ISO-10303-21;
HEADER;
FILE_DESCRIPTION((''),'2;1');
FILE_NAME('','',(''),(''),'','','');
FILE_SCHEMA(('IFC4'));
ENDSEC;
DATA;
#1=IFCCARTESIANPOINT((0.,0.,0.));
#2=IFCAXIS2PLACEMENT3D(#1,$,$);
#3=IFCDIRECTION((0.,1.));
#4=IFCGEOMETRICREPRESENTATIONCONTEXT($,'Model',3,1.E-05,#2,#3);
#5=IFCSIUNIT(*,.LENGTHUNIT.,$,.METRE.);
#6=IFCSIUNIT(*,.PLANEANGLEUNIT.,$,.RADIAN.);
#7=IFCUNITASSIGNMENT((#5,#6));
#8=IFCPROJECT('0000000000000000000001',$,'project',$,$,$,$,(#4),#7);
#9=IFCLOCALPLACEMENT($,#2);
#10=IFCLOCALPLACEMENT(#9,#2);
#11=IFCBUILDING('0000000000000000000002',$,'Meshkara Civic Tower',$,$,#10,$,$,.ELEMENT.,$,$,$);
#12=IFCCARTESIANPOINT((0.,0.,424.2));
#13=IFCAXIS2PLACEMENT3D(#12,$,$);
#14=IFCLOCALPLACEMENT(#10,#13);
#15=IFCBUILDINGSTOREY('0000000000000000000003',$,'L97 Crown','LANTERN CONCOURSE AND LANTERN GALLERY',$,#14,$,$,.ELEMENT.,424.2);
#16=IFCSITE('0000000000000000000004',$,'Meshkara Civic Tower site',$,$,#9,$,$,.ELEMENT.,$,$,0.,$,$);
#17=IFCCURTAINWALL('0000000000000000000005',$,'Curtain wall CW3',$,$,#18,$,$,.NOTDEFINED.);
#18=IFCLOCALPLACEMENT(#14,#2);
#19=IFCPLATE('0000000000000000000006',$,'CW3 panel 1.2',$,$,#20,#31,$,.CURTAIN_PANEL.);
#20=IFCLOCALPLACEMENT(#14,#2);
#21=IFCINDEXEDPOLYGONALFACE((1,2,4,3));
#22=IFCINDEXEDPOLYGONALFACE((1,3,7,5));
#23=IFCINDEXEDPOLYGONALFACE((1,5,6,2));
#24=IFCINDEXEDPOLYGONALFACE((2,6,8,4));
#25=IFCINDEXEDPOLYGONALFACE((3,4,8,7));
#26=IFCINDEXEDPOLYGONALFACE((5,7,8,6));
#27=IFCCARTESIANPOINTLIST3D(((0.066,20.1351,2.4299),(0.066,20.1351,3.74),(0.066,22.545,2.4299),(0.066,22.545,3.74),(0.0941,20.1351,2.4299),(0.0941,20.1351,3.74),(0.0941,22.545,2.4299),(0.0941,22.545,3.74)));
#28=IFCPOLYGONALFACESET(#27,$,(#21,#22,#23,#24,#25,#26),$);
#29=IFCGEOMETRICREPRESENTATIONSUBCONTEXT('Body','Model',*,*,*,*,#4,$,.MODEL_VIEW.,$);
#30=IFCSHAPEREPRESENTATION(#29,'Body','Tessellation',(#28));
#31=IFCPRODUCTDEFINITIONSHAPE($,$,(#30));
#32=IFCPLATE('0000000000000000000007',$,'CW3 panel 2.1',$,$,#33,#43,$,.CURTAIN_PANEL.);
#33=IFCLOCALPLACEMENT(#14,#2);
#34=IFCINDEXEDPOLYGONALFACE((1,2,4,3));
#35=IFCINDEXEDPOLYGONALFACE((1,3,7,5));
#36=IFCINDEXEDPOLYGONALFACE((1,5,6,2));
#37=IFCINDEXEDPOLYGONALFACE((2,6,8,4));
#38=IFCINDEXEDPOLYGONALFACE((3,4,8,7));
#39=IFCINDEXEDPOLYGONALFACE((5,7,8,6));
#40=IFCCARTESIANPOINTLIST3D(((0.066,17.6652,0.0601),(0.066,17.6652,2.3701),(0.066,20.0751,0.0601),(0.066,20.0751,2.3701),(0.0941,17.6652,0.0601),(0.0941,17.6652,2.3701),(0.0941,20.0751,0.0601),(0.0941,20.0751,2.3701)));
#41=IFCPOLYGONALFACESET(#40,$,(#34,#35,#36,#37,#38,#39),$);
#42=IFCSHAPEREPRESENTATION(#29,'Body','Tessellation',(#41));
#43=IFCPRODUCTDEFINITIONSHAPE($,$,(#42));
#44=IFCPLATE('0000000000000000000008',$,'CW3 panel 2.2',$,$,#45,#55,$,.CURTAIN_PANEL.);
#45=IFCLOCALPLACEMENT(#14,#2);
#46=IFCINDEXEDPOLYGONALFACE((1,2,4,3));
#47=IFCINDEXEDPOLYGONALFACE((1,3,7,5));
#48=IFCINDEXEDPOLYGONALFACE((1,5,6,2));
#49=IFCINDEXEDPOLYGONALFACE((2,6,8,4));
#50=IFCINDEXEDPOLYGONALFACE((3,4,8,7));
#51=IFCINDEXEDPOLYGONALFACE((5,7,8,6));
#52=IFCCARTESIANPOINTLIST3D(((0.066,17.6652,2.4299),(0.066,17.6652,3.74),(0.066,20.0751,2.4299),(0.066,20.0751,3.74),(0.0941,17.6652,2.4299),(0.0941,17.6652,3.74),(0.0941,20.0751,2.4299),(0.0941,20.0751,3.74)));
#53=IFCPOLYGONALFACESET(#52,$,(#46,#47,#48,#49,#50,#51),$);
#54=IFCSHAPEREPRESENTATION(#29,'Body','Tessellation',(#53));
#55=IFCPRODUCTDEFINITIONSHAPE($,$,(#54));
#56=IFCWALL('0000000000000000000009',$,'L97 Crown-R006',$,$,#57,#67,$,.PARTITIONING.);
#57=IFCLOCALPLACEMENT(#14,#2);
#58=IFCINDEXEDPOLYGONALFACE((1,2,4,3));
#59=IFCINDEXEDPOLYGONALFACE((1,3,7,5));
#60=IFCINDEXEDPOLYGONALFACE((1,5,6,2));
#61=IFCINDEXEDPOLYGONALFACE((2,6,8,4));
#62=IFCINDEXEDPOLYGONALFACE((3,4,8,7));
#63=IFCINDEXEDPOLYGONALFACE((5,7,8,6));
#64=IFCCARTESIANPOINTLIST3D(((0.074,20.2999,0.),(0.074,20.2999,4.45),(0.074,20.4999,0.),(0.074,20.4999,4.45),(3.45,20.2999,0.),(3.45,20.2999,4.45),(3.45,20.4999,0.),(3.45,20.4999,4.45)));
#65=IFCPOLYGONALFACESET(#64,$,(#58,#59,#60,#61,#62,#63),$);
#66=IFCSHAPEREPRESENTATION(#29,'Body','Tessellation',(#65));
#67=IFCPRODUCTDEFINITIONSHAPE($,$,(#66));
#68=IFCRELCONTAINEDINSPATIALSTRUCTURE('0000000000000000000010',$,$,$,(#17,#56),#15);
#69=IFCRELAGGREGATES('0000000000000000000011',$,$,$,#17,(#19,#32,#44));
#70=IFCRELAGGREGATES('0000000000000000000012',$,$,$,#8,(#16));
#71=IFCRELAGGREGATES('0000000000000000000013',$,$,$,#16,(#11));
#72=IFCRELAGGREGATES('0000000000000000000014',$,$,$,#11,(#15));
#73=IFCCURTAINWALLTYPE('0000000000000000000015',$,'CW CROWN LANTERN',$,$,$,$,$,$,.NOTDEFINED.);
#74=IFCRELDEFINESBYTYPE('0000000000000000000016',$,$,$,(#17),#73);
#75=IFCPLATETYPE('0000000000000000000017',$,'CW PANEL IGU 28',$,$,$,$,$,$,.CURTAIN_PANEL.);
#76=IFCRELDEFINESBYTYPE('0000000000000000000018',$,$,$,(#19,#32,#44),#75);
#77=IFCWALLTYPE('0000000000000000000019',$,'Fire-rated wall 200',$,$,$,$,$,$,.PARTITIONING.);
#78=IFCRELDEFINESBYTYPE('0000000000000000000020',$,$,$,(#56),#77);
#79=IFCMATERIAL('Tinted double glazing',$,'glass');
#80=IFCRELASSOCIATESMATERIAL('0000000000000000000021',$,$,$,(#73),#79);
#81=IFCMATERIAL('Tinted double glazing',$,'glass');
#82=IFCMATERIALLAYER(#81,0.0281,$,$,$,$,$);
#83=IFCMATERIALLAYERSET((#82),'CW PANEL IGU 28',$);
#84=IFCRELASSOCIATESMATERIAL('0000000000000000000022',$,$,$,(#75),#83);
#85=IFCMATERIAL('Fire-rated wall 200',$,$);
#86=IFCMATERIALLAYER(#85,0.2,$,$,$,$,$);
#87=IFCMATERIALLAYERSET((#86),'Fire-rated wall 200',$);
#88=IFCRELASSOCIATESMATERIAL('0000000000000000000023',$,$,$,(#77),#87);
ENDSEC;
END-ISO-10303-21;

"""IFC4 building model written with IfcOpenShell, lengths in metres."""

from ifc_helpers import new_model, si_unit, direction, frame, frame_2d, origin, origin_2d, place, context, subcontext, project, spatial, rectangle, extrude, material, layer, layer_set, type_object, element, aggregate, save


model = new_model("IFC4")

# Units and contexts
model_context = context("Model", 3, precision=1e-05, world=origin(), true_north=direction((0.0, 1.0)))
body_context = subcontext(model_context, "Body", "Model", "MODEL_VIEW")
ifc_project = project(units=[si_unit("LENGTHUNIT", "METRE"), si_unit("PLANEANGLEUNIT", "RADIAN")], contexts=[model_context])

# Site, building, storey
site_placement = place(None, origin())
site = spatial("IfcSite", under=ifc_project, at=site_placement, Name="Meshkara Civic Tower site", CompositionType="ELEMENT", RefElevation=0.0)
building_placement = place(site_placement, origin())
building = spatial("IfcBuilding", under=site, at=building_placement, Name="Meshkara Civic Tower", CompositionType="ELEMENT")
storey_placement = place(building_placement, frame((0.0, 0.0, 424.2)))
storey = spatial("IfcBuildingStorey", under=building, at=storey_placement, Name="L97 Crown", Description="LANTERN CONCOURSE AND LANTERN GALLERY", CompositionType="ELEMENT", Elevation=424.2)

# Curtain wall
ifc_material_1 = material(Name="Tinted double glazing", Category="glass")
curtain_wall_type = type_object("IfcCurtainWallType", Name="CW CROWN LANTERN", PredefinedType="NOTDEFINED", material=ifc_material_1)
curtain_wall_1_placement = place(storey_placement, origin())
curtain_wall_1 = element("IfcCurtainWall", 1, at=curtain_wall_1_placement, inside=storey, type_object=curtain_wall_type, Name="Curtain wall CW3", PredefinedType="NOTDEFINED")

# Plates
ifc_material_2 = material(Name="Tinted double glazing", Category="glass")
ifc_layer_1 = layer(ifc_material_2, 0.0281)
ifc_layer_set_1 = layer_set([ifc_layer_1], Name="CW PANEL IGU 28")
plate_type = type_object("IfcPlateType", Name="CW PANEL IGU 28", PredefinedType="CURTAIN_PANEL", material=ifc_layer_set_1)
plate_1_placement = place(storey_placement, frame((0.0801, 21.3401, 2.4299), z_axis=(0.0, 0.0, 1.0), x_axis=(0.0, -1.0, 0.0)))
plate_1 = element("IfcPlate", 2, at=plate_1_placement, type_object=plate_type, Name="CW3 panel 1.2", PredefinedType="CURTAIN_PANEL", context=body_context, shape_type="SweptSolid", body=[
    extrude(rectangle(XDim=2.4099, YDim=0.0281, at=origin_2d()), origin(), (0.0, 0.0, 1.0), 1.3101),
])
plate_2_placement = place(storey_placement, frame((0.0801, 18.8701, 0.0601), z_axis=(0.0, 0.0, 1.0), x_axis=(0.0, -1.0, 0.0)))
plate_2 = element("IfcPlate", 3, at=plate_2_placement, type_object=plate_type, Name="CW3 panel 2.1", PredefinedType="CURTAIN_PANEL", context=body_context, shape_type="SweptSolid", body=[
    extrude(rectangle(XDim=2.4099, YDim=0.0281, at=origin_2d()), origin(), (0.0, 0.0, 1.0), 2.3101),
])
plate_3_placement = place(storey_placement, frame((0.0801, 18.8701, 2.4299), z_axis=(0.0, 0.0, 1.0), x_axis=(0.0, -1.0, 0.0)))
plate_3 = element("IfcPlate", 4, at=plate_3_placement, type_object=plate_type, Name="CW3 panel 2.2", PredefinedType="CURTAIN_PANEL", context=body_context, shape_type="SweptSolid", body=[
    extrude(rectangle(XDim=2.4099, YDim=0.0281, at=origin_2d()), origin(), (0.0, 0.0, 1.0), 1.3101),
])
aggregate(curtain_wall_1, [plate_1, plate_2, plate_3])

# Wall
ifc_material_3 = material(Name="Fire-rated wall 200")
ifc_layer_2 = layer(ifc_material_3, 0.2)
ifc_layer_set_2 = layer_set([ifc_layer_2], Name="Fire-rated wall 200")
wall_type = type_object("IfcWallType", Name="Fire-rated wall 200", PredefinedType="PARTITIONING", material=ifc_layer_set_2)
wall_placement = place(storey_placement, frame((3.45, 20.3999, 0.0), z_axis=(0.0, 0.0, 1.0), x_axis=(-1.0, 0.0, 0.0)))
element("IfcWall", 5, at=wall_placement, inside=storey, type_object=wall_type, Name="L97 Crown-R006", PredefinedType="PARTITIONING", context=body_context, shape_type="SweptSolid", body=[
    extrude(rectangle(XDim=3.376, YDim=0.2, at=frame_2d((1.688, 0.0))), origin(), (0.0, 0.0, 1.0), 4.45),
])

save(model, "model.ifc")
